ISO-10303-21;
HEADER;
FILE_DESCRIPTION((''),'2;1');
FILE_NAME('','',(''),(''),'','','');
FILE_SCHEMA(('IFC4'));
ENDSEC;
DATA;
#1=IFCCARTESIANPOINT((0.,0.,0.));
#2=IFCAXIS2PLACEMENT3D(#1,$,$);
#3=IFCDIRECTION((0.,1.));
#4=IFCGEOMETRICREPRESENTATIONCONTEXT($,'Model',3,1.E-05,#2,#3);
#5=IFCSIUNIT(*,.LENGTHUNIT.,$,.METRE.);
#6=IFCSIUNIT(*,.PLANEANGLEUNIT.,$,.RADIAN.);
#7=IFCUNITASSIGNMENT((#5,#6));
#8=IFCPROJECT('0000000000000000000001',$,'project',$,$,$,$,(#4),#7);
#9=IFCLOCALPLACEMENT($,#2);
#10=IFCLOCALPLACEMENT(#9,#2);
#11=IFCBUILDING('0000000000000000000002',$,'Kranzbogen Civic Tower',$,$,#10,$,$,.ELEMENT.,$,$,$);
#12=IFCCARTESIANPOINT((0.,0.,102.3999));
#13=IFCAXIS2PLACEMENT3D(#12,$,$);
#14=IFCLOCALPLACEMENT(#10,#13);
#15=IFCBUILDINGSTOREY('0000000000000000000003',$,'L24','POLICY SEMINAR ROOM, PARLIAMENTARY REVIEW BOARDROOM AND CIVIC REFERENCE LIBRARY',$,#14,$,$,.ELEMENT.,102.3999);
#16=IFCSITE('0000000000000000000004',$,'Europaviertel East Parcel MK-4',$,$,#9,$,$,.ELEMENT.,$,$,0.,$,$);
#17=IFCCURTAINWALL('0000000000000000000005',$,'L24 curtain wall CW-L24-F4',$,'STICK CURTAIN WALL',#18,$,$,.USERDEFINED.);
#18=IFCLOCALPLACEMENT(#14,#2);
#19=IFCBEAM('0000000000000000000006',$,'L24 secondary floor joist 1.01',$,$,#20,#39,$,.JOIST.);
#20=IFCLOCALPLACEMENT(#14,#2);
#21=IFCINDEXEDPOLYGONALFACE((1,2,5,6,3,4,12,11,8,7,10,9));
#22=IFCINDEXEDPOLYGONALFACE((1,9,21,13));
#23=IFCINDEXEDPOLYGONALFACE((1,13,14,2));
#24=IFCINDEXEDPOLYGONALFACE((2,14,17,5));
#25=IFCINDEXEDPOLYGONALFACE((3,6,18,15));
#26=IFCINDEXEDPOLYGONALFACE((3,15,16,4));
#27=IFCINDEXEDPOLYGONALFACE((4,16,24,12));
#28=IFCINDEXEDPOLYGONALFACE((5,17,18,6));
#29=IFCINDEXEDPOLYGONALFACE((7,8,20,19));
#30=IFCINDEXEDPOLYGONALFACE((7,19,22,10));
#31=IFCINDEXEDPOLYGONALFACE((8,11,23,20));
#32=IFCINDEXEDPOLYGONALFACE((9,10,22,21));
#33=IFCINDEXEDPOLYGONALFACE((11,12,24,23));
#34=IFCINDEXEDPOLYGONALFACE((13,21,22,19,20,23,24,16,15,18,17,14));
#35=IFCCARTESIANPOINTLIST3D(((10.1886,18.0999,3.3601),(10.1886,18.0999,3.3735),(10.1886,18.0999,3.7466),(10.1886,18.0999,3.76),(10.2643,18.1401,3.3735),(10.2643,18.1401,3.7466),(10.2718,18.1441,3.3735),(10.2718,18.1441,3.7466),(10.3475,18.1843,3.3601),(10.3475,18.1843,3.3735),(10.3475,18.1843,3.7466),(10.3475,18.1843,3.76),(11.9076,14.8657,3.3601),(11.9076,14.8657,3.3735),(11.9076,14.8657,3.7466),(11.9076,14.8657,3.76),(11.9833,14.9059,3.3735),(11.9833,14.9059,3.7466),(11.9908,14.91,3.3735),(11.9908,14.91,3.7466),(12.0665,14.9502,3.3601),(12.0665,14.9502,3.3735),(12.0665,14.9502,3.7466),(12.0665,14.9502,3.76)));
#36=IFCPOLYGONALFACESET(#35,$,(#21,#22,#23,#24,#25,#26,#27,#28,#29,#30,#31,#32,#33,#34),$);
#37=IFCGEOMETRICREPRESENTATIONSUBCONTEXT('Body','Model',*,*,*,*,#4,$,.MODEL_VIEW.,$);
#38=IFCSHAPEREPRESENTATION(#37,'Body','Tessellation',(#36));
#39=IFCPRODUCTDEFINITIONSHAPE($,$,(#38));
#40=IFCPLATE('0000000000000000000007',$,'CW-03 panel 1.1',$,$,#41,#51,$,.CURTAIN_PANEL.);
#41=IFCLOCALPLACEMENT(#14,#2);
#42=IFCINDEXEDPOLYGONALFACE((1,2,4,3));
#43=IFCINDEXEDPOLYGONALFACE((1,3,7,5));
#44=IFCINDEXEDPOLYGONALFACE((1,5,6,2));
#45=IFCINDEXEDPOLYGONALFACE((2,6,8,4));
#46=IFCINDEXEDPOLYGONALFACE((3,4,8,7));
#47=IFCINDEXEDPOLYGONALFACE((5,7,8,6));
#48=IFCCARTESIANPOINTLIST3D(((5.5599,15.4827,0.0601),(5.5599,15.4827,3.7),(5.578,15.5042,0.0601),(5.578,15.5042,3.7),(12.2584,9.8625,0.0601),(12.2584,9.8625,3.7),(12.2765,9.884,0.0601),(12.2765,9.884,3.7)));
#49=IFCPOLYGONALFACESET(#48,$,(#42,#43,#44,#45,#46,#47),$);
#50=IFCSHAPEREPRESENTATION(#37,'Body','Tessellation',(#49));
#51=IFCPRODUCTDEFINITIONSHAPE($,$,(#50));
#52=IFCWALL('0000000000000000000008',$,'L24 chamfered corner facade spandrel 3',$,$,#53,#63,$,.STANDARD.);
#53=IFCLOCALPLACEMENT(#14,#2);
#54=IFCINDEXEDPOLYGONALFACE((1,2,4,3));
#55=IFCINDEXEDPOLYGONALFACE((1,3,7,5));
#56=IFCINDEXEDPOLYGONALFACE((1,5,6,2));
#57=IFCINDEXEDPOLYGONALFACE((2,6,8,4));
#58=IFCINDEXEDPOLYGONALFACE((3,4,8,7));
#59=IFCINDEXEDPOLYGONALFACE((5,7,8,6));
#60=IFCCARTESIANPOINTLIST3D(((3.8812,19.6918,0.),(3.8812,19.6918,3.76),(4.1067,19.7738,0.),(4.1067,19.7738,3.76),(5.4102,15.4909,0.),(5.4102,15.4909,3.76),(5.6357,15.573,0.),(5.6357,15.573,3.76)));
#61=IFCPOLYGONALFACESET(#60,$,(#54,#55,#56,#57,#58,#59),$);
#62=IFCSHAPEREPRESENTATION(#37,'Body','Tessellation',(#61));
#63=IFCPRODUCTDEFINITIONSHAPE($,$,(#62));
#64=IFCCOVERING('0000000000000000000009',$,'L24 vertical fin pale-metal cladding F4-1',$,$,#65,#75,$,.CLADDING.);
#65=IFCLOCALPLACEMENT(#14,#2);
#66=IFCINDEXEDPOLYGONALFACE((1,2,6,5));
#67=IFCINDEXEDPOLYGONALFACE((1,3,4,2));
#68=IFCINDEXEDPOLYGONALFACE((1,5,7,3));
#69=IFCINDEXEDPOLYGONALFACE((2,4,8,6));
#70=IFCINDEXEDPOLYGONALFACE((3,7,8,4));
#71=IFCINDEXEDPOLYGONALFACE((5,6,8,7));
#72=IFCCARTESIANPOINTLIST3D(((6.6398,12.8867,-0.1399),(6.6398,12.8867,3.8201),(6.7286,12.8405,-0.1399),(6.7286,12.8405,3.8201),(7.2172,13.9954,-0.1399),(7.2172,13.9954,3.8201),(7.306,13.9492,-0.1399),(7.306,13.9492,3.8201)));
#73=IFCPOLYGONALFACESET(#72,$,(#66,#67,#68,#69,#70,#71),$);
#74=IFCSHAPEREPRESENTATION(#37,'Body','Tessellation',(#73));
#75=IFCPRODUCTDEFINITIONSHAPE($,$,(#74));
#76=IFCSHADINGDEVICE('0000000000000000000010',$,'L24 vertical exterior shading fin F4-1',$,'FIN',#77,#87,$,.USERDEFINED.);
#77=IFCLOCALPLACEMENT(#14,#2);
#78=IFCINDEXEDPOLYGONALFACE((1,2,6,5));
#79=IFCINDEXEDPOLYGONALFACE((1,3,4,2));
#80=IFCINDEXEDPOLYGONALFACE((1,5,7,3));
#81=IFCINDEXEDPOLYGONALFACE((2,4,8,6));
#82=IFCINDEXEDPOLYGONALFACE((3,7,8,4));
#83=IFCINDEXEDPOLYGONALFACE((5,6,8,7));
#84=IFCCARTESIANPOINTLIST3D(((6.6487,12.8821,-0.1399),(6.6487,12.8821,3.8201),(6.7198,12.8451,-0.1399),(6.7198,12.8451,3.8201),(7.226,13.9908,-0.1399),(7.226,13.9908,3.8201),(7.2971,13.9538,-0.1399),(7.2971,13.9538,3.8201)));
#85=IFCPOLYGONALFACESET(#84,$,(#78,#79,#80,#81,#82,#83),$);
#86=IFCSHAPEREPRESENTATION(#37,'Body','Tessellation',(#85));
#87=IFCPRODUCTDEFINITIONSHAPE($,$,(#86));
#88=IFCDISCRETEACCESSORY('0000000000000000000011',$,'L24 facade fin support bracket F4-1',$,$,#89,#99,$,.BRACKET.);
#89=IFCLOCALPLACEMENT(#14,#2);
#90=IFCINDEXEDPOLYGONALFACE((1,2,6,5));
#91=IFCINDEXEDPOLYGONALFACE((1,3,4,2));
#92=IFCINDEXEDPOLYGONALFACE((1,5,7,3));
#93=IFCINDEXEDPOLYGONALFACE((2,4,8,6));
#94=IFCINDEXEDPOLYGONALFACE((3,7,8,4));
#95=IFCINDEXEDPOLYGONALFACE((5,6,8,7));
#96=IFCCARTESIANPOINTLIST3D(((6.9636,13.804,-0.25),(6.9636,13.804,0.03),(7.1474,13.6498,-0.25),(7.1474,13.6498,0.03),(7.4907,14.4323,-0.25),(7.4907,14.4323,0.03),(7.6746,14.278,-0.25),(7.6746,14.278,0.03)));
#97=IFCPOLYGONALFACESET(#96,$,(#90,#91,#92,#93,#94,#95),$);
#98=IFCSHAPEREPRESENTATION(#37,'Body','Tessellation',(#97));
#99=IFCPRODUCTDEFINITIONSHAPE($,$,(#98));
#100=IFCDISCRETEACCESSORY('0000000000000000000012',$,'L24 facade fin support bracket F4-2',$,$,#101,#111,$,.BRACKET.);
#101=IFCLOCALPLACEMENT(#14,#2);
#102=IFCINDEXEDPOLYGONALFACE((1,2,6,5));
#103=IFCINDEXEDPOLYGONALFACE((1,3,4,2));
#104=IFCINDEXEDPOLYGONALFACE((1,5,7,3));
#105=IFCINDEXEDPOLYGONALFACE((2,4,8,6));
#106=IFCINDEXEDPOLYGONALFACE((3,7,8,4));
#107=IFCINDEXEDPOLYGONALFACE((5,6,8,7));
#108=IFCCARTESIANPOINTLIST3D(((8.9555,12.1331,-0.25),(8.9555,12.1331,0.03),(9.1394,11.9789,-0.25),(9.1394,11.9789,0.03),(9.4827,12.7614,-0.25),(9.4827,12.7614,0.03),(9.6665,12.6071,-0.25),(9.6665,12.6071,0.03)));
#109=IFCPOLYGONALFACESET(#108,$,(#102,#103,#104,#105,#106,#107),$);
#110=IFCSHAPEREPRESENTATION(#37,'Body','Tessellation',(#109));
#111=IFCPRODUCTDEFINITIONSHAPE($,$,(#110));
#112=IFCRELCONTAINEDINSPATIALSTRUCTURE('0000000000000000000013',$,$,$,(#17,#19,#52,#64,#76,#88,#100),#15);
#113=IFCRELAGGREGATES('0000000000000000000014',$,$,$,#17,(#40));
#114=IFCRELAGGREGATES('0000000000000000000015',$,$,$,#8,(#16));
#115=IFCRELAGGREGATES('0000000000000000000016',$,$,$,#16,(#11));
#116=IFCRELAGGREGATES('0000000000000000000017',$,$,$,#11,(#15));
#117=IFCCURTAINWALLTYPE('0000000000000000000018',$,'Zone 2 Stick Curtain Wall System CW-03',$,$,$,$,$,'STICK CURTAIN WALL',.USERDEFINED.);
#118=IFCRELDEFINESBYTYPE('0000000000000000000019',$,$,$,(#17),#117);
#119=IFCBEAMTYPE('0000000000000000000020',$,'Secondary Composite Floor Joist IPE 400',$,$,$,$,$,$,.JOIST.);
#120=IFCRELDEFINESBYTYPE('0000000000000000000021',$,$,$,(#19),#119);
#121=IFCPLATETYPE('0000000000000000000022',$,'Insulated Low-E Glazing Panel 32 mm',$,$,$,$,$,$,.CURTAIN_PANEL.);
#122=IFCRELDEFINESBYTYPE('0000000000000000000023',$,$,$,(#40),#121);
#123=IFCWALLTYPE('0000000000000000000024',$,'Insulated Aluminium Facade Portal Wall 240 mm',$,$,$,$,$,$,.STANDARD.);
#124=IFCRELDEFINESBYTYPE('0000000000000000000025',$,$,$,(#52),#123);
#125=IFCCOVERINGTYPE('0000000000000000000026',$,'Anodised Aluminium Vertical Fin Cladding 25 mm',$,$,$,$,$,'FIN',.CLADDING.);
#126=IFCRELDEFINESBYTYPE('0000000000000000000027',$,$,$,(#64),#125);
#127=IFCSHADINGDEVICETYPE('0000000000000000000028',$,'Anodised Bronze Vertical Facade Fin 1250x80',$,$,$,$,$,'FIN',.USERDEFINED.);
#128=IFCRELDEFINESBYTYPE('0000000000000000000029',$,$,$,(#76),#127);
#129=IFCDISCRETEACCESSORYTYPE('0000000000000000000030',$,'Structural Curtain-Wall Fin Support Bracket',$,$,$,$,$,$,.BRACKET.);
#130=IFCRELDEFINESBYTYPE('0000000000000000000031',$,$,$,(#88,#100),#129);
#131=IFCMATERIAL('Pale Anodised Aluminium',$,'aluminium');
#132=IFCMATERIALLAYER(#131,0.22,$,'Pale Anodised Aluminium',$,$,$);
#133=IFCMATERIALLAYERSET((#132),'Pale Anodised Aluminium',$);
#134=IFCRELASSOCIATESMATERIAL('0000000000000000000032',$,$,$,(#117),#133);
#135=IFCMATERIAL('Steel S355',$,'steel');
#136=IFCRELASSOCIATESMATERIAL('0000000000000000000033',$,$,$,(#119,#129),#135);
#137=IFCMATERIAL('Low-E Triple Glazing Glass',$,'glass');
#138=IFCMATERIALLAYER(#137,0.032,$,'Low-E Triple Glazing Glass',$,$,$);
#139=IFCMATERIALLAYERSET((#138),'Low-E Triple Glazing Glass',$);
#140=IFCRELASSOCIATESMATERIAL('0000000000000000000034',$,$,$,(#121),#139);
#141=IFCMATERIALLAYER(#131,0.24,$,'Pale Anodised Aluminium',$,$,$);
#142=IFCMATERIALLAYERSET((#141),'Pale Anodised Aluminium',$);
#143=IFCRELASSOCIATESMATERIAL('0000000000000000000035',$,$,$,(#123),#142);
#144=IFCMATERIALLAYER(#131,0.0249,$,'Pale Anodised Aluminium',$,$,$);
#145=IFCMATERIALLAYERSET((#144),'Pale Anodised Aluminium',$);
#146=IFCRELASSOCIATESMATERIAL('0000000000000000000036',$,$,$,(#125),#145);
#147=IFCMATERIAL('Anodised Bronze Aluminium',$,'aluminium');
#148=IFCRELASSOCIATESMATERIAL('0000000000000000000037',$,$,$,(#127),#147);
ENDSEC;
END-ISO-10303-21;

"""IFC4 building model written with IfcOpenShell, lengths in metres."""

from ifc_helpers import new_model, si_unit, direction, frame, frame_2d, origin, origin_2d, place, context, subcontext, project, spatial, rectangle, i_section, extrude, material, layer, layer_set, material_profile, profile_set, type_object, element, aggregate, save


model = new_model("IFC4")

# Units and contexts
model_context = context("Model", 3, precision=1e-05, world=origin(), true_north=direction((0.0, 1.0)))
body_context = subcontext(model_context, "Body", "Model", "MODEL_VIEW")
ifc_project = project(units=[si_unit("LENGTHUNIT", "METRE"), si_unit("PLANEANGLEUNIT", "RADIAN")], contexts=[model_context])

# Site, building, storey
site_placement = place(None, origin())
site = spatial("IfcSite", under=ifc_project, at=site_placement, Name="Europaviertel East Parcel MK-4", CompositionType="ELEMENT", RefElevation=0.0)
building_placement = place(site_placement, origin())
building = spatial("IfcBuilding", under=site, at=building_placement, Name="Kranzbogen Civic Tower", CompositionType="ELEMENT")
storey_placement = place(building_placement, frame((0.0, 0.0, 102.3999)))
storey = spatial("IfcBuildingStorey", under=building, at=storey_placement, Name="L24", Description="POLICY SEMINAR ROOM, PARLIAMENTARY REVIEW BOARDROOM AND CIVIC REFERENCE LIBRARY", CompositionType="ELEMENT", Elevation=102.3999)

# Shared definitions
ifc_material_1 = material(Name="Pale Anodised Aluminium", Category="aluminium")
ifc_layer_1 = layer(ifc_material_1, 0.22, Name="Pale Anodised Aluminium")
ifc_layer_set_1 = layer_set([ifc_layer_1], Name="Pale Anodised Aluminium")
curtain_wall_type = type_object("IfcCurtainWallType", Name="Zone 2 Stick Curtain Wall System CW-03", ElementType="STICK CURTAIN WALL", PredefinedType="USERDEFINED", material=ifc_layer_set_1)

# Curtain wall
curtain_wall_1_placement = place(storey_placement, origin())
curtain_wall_1 = element("IfcCurtainWall", 1, at=curtain_wall_1_placement, inside=storey, type_object=curtain_wall_type, Name="L24 curtain wall CW-L24-F4", ObjectType="STICK CURTAIN WALL", PredefinedType="USERDEFINED")

# Beam
ifc_material_2 = material(Name="Steel S355", Category="steel")
ifc_material_profile_1 = material_profile(ifc_material_2, i_section(OverallWidth=0.1799, OverallDepth=0.3999, WebThickness=0.0085, FlangeThickness=0.0134, at=origin_2d()), Name="IPE 400")
ifc_profile_set_1 = profile_set([ifc_material_profile_1], Name="Steel S355")
beam_type_1 = type_object("IfcBeamType", Name="Secondary Composite Floor Joist IPE 400", PredefinedType="JOIST", material=ifc_profile_set_1)
beam_1_placement = place(storey_placement, frame((10.2681, 18.1421, 3.5601), z_axis=(0.469339, -0.883018, 0.0), x_axis=(0.883018, 0.469339, 0.0)))
element("IfcBeam", 2, at=beam_1_placement, inside=storey, type_object=beam_type_1, Name="L24 secondary floor joist 1.01", PredefinedType="JOIST", context=body_context, shape_type="SweptSolid", body=[
    extrude(i_section(OverallWidth=0.1799, OverallDepth=0.3999, WebThickness=0.0085, FlangeThickness=0.0134, at=origin_2d()), origin(), (0.0, 0.0, 1.0), 3.6626),
])

# Plate
ifc_material_3 = material(Name="Low-E Triple Glazing Glass", Category="glass")
ifc_layer_2 = layer(ifc_material_3, 0.032, Name="Low-E Triple Glazing Glass")
ifc_layer_set_2 = layer_set([ifc_layer_2], Name="Low-E Triple Glazing Glass")
plate_type = type_object("IfcPlateType", Name="Insulated Low-E Glazing Panel 32 mm", PredefinedType="CURTAIN_PANEL", material=ifc_layer_set_2)
plate_placement = place(storey_placement, frame((8.9182, 12.6833, 0.0601), z_axis=(0.0, 0.0, 1.0), x_axis=(0.766078, -0.642747, 0.0)))
plate = element("IfcPlate", 3, at=plate_placement, type_object=plate_type, Name="CW-03 panel 1.1", PredefinedType="CURTAIN_PANEL", context=body_context, shape_type="SweptSolid", body=[
    extrude(rectangle(XDim=8.7439, YDim=0.0281, at=origin_2d()), origin(), (0.0, 0.0, 1.0), 3.6399),
])
aggregate(curtain_wall_1, [plate])

# Wall
ifc_layer_3 = layer(ifc_material_1, 0.24, Name="Pale Anodised Aluminium")
ifc_layer_set_3 = layer_set([ifc_layer_3], Name="Pale Anodised Aluminium")
wall_type = type_object("IfcWallType", Name="Insulated Aluminium Facade Portal Wall 240 mm", PredefinedType="STANDARD", material=ifc_layer_set_3)
wall_placement = place(storey_placement, frame((3.9939, 19.7329, 0.0), z_axis=(0.0, 0.0, 1.0), x_axis=(0.342028, -0.93969, 0.0)))
element("IfcWall", 4, at=wall_placement, inside=storey, type_object=wall_type, Name="L24 chamfered corner facade spandrel 3", PredefinedType="STANDARD", context=body_context, shape_type="SweptSolid", body=[
    extrude(rectangle(XDim=4.4705, YDim=0.24, at=frame_2d((2.2354, 0.0))), origin(), (0.0, 0.0, 1.0), 3.76),
])

# Covering
ifc_layer_4 = layer(ifc_material_1, 0.0249, Name="Pale Anodised Aluminium")
ifc_layer_set_4 = layer_set([ifc_layer_4], Name="Pale Anodised Aluminium")
covering_type = type_object("IfcCoveringType", Name="Anodised Aluminium Vertical Fin Cladding 25 mm", ElementType="FIN", PredefinedType="CLADDING", material=ifc_layer_set_4)
covering_placement = place(storey_placement, frame((6.9729, 13.418, -0.1399), z_axis=(0.0, 0.0, 1.0), x_axis=(-0.461857, -0.886954, 0.0)))
element("IfcCovering", 5, at=covering_placement, inside=storey, type_object=covering_type, Name="L24 vertical fin pale-metal cladding F4-1", PredefinedType="CLADDING", context=body_context, shape_type="SweptSolid", body=[
    extrude(rectangle(XDim=1.25, YDim=0.1001, at=origin_2d()), origin(), (0.0, 0.0, 1.0), 3.96),
])

# Shading device
ifc_material_4 = material(Name="Anodised Bronze Aluminium", Category="aluminium")
shading_device_type = type_object("IfcShadingDeviceType", Name="Anodised Bronze Vertical Facade Fin 1250x80", ElementType="FIN", PredefinedType="USERDEFINED", material=ifc_material_4)
shading_device_placement = place(storey_placement, frame((6.9729, 13.418, -0.1399), z_axis=(0.0, 0.0, 1.0), x_axis=(-0.461857, -0.886954, 0.0)))
element("IfcShadingDevice", 6, at=shading_device_placement, inside=storey, type_object=shading_device_type, Name="L24 vertical exterior shading fin F4-1", ObjectType="FIN", PredefinedType="USERDEFINED", context=body_context, shape_type="SweptSolid", body=[
    extrude(rectangle(XDim=1.25, YDim=0.0801, at=origin_2d()), origin(), (0.0, 0.0, 1.0), 3.96),
])

# Discrete accessories
discrete_accessory_type = type_object("IfcDiscreteAccessoryType", Name="Structural Curtain-Wall Fin Support Bracket", PredefinedType="BRACKET", material=ifc_material_2)
for number, where, z_axis, x_axis, name in (
    (7, (7.3191, 14.041, -0.25), (0.0, 0.0, 1.0), (-0.642788, -0.766044, 0.0), "L24 facade fin support bracket F4-1"),
    (8, (9.311, 12.3701, -0.25), (0.0, 0.0, 1.0), (-0.642788, -0.766044, 0.0), "L24 facade fin support bracket F4-2"),
):
    element("IfcDiscreteAccessory", number, at=place(storey_placement, frame(where, z_axis=z_axis, x_axis=x_axis)), inside=storey, type_object=discrete_accessory_type, Name=name, PredefinedType="BRACKET", context=body_context, shape_type="SweptSolid", body=[
        extrude(rectangle(XDim=0.8201, YDim=0.24, at=origin_2d()), origin(), (0.0, 0.0, 1.0), 0.28),
    ])

save(model, "model.ifc")
